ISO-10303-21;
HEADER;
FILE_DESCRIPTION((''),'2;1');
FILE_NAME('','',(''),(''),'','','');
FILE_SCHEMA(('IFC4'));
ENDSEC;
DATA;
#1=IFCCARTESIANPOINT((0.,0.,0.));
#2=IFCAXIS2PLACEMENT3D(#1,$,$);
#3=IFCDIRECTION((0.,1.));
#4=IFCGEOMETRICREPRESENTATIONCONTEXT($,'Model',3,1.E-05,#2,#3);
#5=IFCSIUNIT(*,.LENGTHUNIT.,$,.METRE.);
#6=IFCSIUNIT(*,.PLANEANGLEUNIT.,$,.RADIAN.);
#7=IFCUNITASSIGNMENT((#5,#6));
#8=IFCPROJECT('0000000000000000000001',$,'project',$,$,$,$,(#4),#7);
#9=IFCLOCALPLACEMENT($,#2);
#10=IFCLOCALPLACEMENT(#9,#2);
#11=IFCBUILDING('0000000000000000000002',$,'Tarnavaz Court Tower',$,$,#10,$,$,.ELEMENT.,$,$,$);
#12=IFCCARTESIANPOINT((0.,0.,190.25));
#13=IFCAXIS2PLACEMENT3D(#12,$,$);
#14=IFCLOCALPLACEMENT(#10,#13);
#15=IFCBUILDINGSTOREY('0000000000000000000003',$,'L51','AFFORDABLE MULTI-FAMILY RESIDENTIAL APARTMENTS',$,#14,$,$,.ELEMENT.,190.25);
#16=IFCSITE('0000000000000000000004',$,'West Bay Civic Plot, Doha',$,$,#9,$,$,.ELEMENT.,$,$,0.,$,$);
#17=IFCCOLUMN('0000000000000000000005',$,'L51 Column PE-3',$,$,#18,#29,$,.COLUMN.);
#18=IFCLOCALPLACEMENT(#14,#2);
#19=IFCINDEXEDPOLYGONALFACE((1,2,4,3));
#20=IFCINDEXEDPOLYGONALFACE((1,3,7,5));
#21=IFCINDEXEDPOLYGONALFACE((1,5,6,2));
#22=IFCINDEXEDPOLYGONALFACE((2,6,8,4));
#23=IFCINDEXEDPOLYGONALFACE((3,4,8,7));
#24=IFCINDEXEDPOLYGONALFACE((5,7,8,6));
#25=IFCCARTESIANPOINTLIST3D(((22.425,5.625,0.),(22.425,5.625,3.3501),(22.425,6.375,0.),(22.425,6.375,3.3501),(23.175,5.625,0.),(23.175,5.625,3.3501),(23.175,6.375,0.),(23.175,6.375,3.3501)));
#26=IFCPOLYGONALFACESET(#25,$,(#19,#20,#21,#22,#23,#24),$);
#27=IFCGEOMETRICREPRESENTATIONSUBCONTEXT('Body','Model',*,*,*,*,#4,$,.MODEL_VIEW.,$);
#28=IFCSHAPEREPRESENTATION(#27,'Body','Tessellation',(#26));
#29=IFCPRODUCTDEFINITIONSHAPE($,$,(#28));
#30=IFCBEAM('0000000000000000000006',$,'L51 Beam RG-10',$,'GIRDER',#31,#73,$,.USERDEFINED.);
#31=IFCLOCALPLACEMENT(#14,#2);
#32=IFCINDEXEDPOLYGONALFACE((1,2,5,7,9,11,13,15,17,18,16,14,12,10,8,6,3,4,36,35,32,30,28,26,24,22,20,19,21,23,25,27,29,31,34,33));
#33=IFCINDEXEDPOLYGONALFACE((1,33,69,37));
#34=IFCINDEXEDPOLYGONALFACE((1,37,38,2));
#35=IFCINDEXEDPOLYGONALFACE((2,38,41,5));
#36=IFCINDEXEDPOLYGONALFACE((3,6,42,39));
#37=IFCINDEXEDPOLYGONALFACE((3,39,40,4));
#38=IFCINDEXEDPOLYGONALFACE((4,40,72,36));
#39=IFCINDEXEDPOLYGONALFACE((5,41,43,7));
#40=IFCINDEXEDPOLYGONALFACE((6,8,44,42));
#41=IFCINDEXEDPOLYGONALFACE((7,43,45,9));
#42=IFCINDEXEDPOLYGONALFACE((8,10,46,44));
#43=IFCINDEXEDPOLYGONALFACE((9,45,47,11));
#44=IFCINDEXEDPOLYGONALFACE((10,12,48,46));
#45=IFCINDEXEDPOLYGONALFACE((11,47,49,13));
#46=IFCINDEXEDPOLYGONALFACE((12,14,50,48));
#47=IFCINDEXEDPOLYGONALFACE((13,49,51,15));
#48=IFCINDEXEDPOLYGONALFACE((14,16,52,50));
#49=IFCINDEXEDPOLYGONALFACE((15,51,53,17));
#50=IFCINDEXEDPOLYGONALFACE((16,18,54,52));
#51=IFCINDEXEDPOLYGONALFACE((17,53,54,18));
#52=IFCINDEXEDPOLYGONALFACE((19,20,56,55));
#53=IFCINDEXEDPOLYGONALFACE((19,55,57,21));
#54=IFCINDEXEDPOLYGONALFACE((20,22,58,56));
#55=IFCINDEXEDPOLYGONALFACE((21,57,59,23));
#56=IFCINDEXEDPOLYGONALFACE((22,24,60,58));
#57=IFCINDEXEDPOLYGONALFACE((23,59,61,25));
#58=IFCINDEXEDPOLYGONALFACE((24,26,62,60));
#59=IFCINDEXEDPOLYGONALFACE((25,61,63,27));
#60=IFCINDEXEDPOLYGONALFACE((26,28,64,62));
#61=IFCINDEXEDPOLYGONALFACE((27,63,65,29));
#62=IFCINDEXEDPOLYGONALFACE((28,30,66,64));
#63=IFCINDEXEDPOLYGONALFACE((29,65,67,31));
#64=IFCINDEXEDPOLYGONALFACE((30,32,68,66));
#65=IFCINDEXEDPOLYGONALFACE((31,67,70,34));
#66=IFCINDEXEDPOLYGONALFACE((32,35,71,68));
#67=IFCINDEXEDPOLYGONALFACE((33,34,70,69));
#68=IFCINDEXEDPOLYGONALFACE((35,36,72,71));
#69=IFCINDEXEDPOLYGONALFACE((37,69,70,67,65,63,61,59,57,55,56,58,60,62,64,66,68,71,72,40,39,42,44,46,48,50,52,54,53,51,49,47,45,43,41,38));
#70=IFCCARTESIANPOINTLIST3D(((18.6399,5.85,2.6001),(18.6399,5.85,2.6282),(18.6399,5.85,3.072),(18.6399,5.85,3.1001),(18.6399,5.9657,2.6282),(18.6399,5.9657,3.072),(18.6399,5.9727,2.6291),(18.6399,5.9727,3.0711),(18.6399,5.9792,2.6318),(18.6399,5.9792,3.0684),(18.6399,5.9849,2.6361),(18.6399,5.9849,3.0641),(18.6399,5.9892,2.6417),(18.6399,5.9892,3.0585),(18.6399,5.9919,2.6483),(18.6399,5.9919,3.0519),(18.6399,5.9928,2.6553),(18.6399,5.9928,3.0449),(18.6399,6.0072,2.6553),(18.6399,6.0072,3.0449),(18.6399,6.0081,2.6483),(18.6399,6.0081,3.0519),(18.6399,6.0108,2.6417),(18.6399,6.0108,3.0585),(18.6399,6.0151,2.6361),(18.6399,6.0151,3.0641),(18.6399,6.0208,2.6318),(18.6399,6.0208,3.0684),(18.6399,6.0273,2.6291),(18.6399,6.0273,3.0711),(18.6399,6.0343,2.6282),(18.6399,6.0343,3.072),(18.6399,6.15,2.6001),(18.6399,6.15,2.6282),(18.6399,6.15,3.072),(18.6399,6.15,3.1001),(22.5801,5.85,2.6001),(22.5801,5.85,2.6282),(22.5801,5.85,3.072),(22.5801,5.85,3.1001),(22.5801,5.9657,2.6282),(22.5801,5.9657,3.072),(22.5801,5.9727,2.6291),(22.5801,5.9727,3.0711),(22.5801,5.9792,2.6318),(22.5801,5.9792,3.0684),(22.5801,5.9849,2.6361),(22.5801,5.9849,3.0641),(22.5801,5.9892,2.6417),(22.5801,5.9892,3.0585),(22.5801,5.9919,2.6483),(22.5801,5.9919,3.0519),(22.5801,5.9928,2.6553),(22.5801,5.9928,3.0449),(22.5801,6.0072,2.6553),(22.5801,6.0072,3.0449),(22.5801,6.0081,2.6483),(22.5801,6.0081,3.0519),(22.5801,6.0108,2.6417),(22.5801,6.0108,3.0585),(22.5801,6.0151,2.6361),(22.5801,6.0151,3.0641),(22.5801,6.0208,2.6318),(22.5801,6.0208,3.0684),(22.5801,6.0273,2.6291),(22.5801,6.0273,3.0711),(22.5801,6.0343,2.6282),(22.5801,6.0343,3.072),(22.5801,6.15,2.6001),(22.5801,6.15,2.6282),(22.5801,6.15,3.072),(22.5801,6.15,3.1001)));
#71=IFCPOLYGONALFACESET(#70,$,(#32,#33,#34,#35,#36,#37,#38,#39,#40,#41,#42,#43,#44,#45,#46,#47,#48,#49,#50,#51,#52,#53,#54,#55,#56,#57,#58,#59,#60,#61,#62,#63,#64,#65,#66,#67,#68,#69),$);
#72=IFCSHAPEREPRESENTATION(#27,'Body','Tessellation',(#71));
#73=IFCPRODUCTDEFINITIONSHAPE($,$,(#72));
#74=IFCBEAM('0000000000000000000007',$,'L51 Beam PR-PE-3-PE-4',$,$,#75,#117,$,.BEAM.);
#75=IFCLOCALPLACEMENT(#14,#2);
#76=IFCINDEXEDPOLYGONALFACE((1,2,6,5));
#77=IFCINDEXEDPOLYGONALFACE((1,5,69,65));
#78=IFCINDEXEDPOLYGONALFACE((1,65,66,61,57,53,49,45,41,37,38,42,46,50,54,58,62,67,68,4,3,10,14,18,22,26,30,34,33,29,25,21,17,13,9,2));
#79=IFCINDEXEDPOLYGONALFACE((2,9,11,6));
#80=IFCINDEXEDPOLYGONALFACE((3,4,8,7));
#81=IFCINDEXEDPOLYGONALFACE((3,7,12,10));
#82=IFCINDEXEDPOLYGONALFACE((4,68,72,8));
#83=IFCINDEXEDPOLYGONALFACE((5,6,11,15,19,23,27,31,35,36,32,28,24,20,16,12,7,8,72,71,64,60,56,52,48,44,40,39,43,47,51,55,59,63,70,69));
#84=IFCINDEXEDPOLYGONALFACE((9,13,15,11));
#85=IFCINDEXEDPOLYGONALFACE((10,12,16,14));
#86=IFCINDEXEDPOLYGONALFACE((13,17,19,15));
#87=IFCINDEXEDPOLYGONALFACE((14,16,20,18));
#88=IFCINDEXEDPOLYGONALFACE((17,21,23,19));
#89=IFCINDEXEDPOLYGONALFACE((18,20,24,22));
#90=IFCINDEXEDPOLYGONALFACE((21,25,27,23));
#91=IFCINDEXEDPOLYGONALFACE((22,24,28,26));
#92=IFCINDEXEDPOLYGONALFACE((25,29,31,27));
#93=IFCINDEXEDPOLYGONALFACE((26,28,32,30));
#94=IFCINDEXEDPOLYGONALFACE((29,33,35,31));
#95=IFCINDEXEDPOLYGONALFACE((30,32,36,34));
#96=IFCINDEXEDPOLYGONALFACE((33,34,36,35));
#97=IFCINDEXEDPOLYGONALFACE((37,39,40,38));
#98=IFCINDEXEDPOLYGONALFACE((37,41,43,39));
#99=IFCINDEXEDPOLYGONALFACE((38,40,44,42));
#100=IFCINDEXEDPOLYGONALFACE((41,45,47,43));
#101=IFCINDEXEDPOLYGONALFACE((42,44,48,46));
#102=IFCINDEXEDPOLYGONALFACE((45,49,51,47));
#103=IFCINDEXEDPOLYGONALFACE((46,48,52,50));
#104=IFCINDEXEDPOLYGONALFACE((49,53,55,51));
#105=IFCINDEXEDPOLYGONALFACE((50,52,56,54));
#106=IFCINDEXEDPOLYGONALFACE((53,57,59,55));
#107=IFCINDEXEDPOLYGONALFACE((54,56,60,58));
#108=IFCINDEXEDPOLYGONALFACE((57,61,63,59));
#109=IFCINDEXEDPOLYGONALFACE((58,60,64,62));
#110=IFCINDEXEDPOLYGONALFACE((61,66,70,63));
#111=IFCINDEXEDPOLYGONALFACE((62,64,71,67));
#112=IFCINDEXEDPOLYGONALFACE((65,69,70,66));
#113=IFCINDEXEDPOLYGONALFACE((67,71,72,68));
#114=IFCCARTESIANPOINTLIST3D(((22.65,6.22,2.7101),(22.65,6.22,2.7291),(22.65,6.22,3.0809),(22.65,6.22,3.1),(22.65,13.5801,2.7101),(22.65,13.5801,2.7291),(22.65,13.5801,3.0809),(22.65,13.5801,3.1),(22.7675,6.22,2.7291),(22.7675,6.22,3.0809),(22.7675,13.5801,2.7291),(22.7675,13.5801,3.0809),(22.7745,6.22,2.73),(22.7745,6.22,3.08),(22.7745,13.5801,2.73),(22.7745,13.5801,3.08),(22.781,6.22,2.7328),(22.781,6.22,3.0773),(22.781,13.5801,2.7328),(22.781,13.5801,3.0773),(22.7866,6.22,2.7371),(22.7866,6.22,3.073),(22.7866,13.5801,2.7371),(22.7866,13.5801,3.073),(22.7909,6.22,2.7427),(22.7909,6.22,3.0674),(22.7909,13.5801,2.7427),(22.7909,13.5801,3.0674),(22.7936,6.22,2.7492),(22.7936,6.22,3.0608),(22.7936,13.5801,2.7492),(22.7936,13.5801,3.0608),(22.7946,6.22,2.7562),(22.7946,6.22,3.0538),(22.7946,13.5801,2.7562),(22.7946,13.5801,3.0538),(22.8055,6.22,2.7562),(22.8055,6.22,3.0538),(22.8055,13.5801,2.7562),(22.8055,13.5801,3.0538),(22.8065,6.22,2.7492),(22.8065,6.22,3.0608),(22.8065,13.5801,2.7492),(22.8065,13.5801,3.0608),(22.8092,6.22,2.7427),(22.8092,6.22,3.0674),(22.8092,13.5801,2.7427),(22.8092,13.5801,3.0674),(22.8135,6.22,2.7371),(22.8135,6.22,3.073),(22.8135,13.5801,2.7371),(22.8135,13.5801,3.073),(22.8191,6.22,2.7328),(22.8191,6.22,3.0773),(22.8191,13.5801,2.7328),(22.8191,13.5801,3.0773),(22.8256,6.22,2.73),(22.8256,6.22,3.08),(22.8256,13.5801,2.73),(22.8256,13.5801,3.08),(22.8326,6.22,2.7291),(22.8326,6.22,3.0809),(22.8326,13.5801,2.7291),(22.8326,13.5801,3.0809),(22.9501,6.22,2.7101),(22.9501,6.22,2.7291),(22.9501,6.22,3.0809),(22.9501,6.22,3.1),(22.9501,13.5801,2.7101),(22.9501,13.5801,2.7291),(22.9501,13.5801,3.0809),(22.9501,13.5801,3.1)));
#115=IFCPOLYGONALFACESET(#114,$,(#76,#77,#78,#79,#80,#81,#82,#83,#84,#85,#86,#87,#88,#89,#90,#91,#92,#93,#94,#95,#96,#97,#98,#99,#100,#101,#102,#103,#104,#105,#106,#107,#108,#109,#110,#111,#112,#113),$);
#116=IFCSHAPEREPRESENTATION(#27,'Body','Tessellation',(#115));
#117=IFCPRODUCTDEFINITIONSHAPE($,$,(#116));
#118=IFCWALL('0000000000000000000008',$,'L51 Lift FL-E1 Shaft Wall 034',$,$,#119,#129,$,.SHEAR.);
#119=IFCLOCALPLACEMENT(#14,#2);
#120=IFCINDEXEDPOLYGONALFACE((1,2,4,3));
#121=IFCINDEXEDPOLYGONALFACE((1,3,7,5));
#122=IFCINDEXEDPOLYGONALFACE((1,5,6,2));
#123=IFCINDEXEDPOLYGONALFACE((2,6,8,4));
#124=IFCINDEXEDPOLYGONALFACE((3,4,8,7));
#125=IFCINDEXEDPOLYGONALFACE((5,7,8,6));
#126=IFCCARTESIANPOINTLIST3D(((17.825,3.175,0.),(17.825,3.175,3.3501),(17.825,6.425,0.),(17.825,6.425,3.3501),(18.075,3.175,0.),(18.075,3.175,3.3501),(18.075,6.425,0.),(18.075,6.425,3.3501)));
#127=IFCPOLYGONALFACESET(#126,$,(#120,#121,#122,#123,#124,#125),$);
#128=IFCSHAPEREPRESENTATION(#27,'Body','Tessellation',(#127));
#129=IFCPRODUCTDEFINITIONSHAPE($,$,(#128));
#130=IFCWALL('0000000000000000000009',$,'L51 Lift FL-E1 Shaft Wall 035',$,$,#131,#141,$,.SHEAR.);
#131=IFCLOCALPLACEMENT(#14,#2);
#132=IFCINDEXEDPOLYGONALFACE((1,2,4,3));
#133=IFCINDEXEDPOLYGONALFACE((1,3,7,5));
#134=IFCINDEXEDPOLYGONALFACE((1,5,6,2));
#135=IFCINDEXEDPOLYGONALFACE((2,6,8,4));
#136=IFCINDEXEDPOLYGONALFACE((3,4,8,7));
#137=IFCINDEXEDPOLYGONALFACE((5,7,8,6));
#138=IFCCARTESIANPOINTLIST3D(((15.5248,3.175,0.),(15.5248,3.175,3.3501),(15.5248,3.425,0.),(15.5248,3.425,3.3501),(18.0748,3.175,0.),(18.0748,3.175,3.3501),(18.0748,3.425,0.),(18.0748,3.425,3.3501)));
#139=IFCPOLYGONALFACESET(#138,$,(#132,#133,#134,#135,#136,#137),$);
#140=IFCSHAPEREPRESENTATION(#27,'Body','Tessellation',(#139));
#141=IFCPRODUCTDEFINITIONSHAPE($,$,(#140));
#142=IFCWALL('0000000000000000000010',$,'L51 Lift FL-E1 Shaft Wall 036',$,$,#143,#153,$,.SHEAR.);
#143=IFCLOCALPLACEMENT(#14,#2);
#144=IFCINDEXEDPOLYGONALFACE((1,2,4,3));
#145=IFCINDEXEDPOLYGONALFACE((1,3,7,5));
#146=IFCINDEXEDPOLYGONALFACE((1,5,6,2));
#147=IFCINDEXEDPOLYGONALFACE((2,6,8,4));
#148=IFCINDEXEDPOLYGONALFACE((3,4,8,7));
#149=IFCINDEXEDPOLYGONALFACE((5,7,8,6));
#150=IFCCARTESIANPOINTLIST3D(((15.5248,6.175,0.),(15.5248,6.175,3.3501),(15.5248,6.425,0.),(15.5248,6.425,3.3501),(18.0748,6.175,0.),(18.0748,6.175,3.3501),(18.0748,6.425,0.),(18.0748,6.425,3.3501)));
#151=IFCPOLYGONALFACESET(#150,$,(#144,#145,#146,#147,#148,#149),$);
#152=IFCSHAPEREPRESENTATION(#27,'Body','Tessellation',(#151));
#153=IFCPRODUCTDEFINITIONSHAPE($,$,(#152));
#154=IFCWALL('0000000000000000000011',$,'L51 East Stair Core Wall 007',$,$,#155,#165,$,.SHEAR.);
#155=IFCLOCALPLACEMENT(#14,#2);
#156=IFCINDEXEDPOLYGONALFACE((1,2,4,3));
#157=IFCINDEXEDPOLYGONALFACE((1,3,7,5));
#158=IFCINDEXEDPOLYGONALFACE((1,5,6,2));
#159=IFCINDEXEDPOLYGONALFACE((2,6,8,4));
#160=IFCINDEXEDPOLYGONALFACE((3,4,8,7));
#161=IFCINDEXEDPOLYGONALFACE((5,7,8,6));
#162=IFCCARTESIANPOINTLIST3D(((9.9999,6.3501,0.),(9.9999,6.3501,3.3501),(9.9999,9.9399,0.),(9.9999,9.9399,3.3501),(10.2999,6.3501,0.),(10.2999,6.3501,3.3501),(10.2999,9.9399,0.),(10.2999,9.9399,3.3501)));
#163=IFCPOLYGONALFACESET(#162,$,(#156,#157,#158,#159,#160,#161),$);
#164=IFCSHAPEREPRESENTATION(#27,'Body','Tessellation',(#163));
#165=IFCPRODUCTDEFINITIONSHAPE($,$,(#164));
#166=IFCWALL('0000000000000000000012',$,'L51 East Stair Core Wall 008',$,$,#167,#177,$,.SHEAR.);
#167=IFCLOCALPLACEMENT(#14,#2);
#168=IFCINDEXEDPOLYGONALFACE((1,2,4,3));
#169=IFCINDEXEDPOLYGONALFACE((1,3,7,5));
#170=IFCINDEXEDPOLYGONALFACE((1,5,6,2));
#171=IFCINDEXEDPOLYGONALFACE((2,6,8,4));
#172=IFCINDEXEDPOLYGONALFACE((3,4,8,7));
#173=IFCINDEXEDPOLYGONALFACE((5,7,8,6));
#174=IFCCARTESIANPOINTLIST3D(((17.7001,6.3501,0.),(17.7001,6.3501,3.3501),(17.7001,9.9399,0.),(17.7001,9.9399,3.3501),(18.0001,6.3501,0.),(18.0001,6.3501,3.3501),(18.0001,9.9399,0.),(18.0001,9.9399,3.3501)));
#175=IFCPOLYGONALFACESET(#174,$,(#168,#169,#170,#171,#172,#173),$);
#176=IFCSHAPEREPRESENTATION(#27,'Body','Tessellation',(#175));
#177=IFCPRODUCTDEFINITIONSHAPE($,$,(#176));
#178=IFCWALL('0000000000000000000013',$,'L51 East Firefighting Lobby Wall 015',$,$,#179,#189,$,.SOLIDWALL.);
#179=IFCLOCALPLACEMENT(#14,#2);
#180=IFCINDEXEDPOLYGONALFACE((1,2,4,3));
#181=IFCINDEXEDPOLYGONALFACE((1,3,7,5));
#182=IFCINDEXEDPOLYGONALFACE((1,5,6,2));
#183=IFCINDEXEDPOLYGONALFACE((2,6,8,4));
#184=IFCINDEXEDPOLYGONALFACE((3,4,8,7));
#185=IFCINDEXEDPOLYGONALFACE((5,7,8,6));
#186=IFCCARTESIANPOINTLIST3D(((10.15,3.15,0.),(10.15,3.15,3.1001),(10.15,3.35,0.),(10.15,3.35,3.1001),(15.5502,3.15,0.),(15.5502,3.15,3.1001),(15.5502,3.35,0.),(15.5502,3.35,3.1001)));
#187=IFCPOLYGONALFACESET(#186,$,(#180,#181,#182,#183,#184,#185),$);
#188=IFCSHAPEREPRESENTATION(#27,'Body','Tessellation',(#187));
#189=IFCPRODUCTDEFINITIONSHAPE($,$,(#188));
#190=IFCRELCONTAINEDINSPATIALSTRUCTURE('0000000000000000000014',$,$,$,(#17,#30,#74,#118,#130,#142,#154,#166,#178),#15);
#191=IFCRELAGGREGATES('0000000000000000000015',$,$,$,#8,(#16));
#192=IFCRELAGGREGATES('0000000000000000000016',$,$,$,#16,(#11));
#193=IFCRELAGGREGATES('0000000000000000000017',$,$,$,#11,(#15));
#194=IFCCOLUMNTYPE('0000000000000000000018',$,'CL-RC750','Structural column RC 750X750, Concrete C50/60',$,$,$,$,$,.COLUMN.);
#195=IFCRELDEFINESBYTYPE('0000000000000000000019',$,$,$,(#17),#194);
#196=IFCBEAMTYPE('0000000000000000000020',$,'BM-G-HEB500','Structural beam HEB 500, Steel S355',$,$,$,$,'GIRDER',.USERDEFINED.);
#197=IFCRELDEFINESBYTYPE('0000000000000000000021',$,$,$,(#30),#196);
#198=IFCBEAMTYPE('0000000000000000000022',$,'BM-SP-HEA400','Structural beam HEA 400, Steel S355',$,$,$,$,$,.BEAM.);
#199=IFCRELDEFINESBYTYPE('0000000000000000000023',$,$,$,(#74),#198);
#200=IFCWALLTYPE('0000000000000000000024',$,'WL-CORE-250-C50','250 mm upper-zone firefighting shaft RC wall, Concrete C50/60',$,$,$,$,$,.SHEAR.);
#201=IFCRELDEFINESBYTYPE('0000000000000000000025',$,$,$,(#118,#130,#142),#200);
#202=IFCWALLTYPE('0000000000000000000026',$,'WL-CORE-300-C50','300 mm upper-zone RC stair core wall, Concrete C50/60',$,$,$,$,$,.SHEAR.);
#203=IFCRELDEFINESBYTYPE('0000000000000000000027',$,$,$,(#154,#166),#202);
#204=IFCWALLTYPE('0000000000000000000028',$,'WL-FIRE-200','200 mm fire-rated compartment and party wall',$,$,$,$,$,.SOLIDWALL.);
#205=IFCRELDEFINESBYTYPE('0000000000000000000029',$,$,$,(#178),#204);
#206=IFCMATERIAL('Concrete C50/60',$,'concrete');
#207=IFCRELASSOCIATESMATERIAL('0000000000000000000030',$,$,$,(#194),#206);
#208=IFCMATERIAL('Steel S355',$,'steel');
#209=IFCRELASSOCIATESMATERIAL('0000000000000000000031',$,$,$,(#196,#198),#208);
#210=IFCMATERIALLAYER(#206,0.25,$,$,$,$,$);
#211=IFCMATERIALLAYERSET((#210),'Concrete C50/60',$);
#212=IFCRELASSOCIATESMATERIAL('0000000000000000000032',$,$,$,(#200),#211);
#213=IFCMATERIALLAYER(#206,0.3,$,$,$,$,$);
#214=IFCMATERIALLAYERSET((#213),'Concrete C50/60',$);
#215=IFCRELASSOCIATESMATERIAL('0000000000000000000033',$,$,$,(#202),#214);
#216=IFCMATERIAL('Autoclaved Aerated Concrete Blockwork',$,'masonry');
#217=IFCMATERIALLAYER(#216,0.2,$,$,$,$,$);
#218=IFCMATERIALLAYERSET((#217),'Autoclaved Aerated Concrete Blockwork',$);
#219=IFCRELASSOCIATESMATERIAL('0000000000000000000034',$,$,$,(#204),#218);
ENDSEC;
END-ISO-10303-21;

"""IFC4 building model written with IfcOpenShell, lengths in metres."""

from ifc_helpers import new_model, si_unit, direction, frame, frame_2d, origin, origin_2d, place, context, subcontext, project, spatial, rectangle, i_section, extrude, material, layer, layer_set, material_profile, profile_set, type_object, element, save


model = new_model("IFC4")

# Units and contexts
model_context = context("Model", 3, precision=1e-05, world=origin(), true_north=direction((0.0, 1.0)))
body_context = subcontext(model_context, "Body", "Model", "MODEL_VIEW")
ifc_project = project(units=[si_unit("LENGTHUNIT", "METRE"), si_unit("PLANEANGLEUNIT", "RADIAN")], contexts=[model_context])

# Site, building, storey
site_placement = place(None, origin())
site = spatial("IfcSite", under=ifc_project, at=site_placement, Name="West Bay Civic Plot, Doha", CompositionType="ELEMENT", RefElevation=0.0)
building_placement = place(site_placement, origin())
building = spatial("IfcBuilding", under=site, at=building_placement, Name="Tarnavaz Court Tower", CompositionType="ELEMENT")
storey_placement = place(building_placement, frame((0.0, 0.0, 190.25)))
storey = spatial("IfcBuildingStorey", under=building, at=storey_placement, Name="L51", Description="AFFORDABLE MULTI-FAMILY RESIDENTIAL APARTMENTS", CompositionType="ELEMENT", Elevation=190.25)

# Column
ifc_material_1 = material(Name="Concrete C50/60", Category="concrete")
ifc_material_profile_1 = material_profile(ifc_material_1, rectangle(XDim=0.75, YDim=0.75, at=origin_2d()), Name="RC 750X750")
ifc_profile_set_1 = profile_set([ifc_material_profile_1], Name="Concrete C50/60")
column_type = type_object("IfcColumnType", Name="CL-RC750", Description="Structural column RC 750X750, Concrete C50/60", PredefinedType="COLUMN", material=ifc_profile_set_1)
column_placement = place(storey_placement, frame((22.8, 6.0, 0.0), z_axis=(0.0, 0.0, 1.0), x_axis=(1.0, 0.0, 0.0)))
element("IfcColumn", 1, at=column_placement, inside=storey, type_object=column_type, Name="L51 Column PE-3", PredefinedType="COLUMN", context=body_context, shape_type="SweptSolid", body=[
    extrude(rectangle(XDim=0.75, YDim=0.75, at=origin_2d()), origin(), (0.0, 0.0, 1.0), 3.3501),
])

# Beams
ifc_material_2 = material(Name="Steel S355", Category="steel")
ifc_material_profile_2 = material_profile(ifc_material_2, i_section(OverallWidth=0.3, OverallDepth=0.5, WebThickness=0.0144, FlangeThickness=0.0281, FilletRadius=0.0271, at=origin_2d()), Name="HEB 500")
ifc_profile_set_2 = profile_set([ifc_material_profile_2], Name="Steel S355")
beam_type_1 = type_object("IfcBeamType", Name="BM-G-HEB500", Description="Structural beam HEB 500, Steel S355", ElementType="GIRDER", PredefinedType="USERDEFINED", material=ifc_profile_set_2)
beam_1_placement = place(storey_placement, frame((18.6399, 6.0, 2.8501), z_axis=(1.0, 0.0, 0.0), x_axis=(0.0, 1.0, 0.0)))
element("IfcBeam", 2, at=beam_1_placement, inside=storey, type_object=beam_type_1, Name="L51 Beam RG-10", ObjectType="GIRDER", PredefinedType="USERDEFINED", context=body_context, shape_type="SweptSolid", body=[
    extrude(i_section(OverallWidth=0.3, OverallDepth=0.5, WebThickness=0.0144, FlangeThickness=0.0281, FilletRadius=0.0271, at=origin_2d()), origin(), (0.0, 0.0, 1.0), 3.9402),
])
ifc_material_profile_3 = material_profile(ifc_material_2, i_section(OverallWidth=0.3, OverallDepth=0.3899, WebThickness=0.011, FlangeThickness=0.019, FilletRadius=0.0271, at=origin_2d()), Name="HEA 400")
ifc_profile_set_3 = profile_set([ifc_material_profile_3], Name="Steel S355")
beam_type_2 = type_object("IfcBeamType", Name="BM-SP-HEA400", Description="Structural beam HEA 400, Steel S355", PredefinedType="BEAM", material=ifc_profile_set_3)
beam_2_placement = place(storey_placement, frame((22.8, 6.22, 2.905), z_axis=(0.0, 1.0, 0.0), x_axis=(-1.0, 0.0, 0.0)))
element("IfcBeam", 3, at=beam_2_placement, inside=storey, type_object=beam_type_2, Name="L51 Beam PR-PE-3-PE-4", PredefinedType="BEAM", context=body_context, shape_type="SweptSolid", body=[
    extrude(i_section(OverallWidth=0.3, OverallDepth=0.3899, WebThickness=0.011, FlangeThickness=0.019, FilletRadius=0.0271, at=origin_2d()), origin(), (0.0, 0.0, 1.0), 7.3601),
])

# Shared definitions
ifc_layer_1 = layer(ifc_material_1, 0.25)
ifc_layer_set_1 = layer_set([ifc_layer_1], Name="Concrete C50/60")
wall_type_1 = type_object("IfcWallType", Name="WL-CORE-250-C50", Description="250 mm upper-zone firefighting shaft RC wall, Concrete C50/60", PredefinedType="SHEAR", material=ifc_layer_set_1)

# Walls
wall_1_placement = place(storey_placement, frame((17.95, 3.175, 0.0), z_axis=(0.0, 0.0, 1.0), x_axis=(0.0, 1.0, 0.0)))
element("IfcWall", 4, at=wall_1_placement, inside=storey, type_object=wall_type_1, Name="L51 Lift FL-E1 Shaft Wall 034", PredefinedType="SHEAR", context=body_context, shape_type="SweptSolid", body=[
    extrude(rectangle(XDim=3.25, YDim=0.25, at=frame_2d((1.625, 0.0))), origin(), (0.0, 0.0, 1.0), 3.3501),
])
for number, where, z_axis, x_axis, name in (
    (5, (15.5249, 3.3, 0.0), (0.0, 0.0, 1.0), (1.0, 0.0, 0.0), "L51 Lift FL-E1 Shaft Wall 035"),
    (6, (15.5249, 6.3, 0.0), (0.0, 0.0, 1.0), (1.0, 0.0, 0.0), "L51 Lift FL-E1 Shaft Wall 036"),
):
    element("IfcWall", number, at=place(storey_placement, frame(where, z_axis=z_axis, x_axis=x_axis)), inside=storey, type_object=wall_type_1, Name=name, PredefinedType="SHEAR", context=body_context, shape_type="SweptSolid", body=[
        extrude(rectangle(XDim=2.55, YDim=0.25, at=frame_2d((1.2749, 0.0))), origin(), (0.0, 0.0, 1.0), 3.3501),
    ])
ifc_layer_2 = layer(ifc_material_1, 0.3)
ifc_layer_set_2 = layer_set([ifc_layer_2], Name="Concrete C50/60")
wall_type_2 = type_object("IfcWallType", Name="WL-CORE-300-C50", Description="300 mm upper-zone RC stair core wall, Concrete C50/60", PredefinedType="SHEAR", material=ifc_layer_set_2)
for number, where, z_axis, x_axis, name in (
    (7, (10.1499, 6.3501, 0.0), (0.0, 0.0, 1.0), (0.0, 1.0, 0.0), "L51 East Stair Core Wall 007"),
    (8, (17.8501, 6.3501, 0.0), (0.0, 0.0, 1.0), (0.0, 1.0, 0.0), "L51 East Stair Core Wall 008"),
):
    element("IfcWall", number, at=place(storey_placement, frame(where, z_axis=z_axis, x_axis=x_axis)), inside=storey, type_object=wall_type_2, Name=name, PredefinedType="SHEAR", context=body_context, shape_type="SweptSolid", body=[
        extrude(rectangle(XDim=3.5898, YDim=0.3, at=frame_2d((1.7949, 0.0))), origin(), (0.0, 0.0, 1.0), 3.3501),
    ])
ifc_material_3 = material(Name="Autoclaved Aerated Concrete Blockwork", Category="masonry")
ifc_layer_3 = layer(ifc_material_3, 0.2)
ifc_layer_set_3 = layer_set([ifc_layer_3], Name="Autoclaved Aerated Concrete Blockwork")
wall_type_3 = type_object("IfcWallType", Name="WL-FIRE-200", Description="200 mm fire-rated compartment and party wall", PredefinedType="SOLIDWALL", material=ifc_layer_set_3)
wall_2_placement = place(storey_placement, frame((10.1499, 3.25, 0.0), z_axis=(0.0, 0.0, 1.0), x_axis=(1.0, 0.0, 0.0)))
element("IfcWall", 9, at=wall_2_placement, inside=storey, type_object=wall_type_3, Name="L51 East Firefighting Lobby Wall 015", PredefinedType="SOLIDWALL", context=body_context, shape_type="SweptSolid", body=[
    extrude(rectangle(XDim=5.4001, YDim=0.2, at=frame_2d((2.7002, 0.0))), origin(), (0.0, 0.0, 1.0), 3.1001),
])

save(model, "model.ifc")
